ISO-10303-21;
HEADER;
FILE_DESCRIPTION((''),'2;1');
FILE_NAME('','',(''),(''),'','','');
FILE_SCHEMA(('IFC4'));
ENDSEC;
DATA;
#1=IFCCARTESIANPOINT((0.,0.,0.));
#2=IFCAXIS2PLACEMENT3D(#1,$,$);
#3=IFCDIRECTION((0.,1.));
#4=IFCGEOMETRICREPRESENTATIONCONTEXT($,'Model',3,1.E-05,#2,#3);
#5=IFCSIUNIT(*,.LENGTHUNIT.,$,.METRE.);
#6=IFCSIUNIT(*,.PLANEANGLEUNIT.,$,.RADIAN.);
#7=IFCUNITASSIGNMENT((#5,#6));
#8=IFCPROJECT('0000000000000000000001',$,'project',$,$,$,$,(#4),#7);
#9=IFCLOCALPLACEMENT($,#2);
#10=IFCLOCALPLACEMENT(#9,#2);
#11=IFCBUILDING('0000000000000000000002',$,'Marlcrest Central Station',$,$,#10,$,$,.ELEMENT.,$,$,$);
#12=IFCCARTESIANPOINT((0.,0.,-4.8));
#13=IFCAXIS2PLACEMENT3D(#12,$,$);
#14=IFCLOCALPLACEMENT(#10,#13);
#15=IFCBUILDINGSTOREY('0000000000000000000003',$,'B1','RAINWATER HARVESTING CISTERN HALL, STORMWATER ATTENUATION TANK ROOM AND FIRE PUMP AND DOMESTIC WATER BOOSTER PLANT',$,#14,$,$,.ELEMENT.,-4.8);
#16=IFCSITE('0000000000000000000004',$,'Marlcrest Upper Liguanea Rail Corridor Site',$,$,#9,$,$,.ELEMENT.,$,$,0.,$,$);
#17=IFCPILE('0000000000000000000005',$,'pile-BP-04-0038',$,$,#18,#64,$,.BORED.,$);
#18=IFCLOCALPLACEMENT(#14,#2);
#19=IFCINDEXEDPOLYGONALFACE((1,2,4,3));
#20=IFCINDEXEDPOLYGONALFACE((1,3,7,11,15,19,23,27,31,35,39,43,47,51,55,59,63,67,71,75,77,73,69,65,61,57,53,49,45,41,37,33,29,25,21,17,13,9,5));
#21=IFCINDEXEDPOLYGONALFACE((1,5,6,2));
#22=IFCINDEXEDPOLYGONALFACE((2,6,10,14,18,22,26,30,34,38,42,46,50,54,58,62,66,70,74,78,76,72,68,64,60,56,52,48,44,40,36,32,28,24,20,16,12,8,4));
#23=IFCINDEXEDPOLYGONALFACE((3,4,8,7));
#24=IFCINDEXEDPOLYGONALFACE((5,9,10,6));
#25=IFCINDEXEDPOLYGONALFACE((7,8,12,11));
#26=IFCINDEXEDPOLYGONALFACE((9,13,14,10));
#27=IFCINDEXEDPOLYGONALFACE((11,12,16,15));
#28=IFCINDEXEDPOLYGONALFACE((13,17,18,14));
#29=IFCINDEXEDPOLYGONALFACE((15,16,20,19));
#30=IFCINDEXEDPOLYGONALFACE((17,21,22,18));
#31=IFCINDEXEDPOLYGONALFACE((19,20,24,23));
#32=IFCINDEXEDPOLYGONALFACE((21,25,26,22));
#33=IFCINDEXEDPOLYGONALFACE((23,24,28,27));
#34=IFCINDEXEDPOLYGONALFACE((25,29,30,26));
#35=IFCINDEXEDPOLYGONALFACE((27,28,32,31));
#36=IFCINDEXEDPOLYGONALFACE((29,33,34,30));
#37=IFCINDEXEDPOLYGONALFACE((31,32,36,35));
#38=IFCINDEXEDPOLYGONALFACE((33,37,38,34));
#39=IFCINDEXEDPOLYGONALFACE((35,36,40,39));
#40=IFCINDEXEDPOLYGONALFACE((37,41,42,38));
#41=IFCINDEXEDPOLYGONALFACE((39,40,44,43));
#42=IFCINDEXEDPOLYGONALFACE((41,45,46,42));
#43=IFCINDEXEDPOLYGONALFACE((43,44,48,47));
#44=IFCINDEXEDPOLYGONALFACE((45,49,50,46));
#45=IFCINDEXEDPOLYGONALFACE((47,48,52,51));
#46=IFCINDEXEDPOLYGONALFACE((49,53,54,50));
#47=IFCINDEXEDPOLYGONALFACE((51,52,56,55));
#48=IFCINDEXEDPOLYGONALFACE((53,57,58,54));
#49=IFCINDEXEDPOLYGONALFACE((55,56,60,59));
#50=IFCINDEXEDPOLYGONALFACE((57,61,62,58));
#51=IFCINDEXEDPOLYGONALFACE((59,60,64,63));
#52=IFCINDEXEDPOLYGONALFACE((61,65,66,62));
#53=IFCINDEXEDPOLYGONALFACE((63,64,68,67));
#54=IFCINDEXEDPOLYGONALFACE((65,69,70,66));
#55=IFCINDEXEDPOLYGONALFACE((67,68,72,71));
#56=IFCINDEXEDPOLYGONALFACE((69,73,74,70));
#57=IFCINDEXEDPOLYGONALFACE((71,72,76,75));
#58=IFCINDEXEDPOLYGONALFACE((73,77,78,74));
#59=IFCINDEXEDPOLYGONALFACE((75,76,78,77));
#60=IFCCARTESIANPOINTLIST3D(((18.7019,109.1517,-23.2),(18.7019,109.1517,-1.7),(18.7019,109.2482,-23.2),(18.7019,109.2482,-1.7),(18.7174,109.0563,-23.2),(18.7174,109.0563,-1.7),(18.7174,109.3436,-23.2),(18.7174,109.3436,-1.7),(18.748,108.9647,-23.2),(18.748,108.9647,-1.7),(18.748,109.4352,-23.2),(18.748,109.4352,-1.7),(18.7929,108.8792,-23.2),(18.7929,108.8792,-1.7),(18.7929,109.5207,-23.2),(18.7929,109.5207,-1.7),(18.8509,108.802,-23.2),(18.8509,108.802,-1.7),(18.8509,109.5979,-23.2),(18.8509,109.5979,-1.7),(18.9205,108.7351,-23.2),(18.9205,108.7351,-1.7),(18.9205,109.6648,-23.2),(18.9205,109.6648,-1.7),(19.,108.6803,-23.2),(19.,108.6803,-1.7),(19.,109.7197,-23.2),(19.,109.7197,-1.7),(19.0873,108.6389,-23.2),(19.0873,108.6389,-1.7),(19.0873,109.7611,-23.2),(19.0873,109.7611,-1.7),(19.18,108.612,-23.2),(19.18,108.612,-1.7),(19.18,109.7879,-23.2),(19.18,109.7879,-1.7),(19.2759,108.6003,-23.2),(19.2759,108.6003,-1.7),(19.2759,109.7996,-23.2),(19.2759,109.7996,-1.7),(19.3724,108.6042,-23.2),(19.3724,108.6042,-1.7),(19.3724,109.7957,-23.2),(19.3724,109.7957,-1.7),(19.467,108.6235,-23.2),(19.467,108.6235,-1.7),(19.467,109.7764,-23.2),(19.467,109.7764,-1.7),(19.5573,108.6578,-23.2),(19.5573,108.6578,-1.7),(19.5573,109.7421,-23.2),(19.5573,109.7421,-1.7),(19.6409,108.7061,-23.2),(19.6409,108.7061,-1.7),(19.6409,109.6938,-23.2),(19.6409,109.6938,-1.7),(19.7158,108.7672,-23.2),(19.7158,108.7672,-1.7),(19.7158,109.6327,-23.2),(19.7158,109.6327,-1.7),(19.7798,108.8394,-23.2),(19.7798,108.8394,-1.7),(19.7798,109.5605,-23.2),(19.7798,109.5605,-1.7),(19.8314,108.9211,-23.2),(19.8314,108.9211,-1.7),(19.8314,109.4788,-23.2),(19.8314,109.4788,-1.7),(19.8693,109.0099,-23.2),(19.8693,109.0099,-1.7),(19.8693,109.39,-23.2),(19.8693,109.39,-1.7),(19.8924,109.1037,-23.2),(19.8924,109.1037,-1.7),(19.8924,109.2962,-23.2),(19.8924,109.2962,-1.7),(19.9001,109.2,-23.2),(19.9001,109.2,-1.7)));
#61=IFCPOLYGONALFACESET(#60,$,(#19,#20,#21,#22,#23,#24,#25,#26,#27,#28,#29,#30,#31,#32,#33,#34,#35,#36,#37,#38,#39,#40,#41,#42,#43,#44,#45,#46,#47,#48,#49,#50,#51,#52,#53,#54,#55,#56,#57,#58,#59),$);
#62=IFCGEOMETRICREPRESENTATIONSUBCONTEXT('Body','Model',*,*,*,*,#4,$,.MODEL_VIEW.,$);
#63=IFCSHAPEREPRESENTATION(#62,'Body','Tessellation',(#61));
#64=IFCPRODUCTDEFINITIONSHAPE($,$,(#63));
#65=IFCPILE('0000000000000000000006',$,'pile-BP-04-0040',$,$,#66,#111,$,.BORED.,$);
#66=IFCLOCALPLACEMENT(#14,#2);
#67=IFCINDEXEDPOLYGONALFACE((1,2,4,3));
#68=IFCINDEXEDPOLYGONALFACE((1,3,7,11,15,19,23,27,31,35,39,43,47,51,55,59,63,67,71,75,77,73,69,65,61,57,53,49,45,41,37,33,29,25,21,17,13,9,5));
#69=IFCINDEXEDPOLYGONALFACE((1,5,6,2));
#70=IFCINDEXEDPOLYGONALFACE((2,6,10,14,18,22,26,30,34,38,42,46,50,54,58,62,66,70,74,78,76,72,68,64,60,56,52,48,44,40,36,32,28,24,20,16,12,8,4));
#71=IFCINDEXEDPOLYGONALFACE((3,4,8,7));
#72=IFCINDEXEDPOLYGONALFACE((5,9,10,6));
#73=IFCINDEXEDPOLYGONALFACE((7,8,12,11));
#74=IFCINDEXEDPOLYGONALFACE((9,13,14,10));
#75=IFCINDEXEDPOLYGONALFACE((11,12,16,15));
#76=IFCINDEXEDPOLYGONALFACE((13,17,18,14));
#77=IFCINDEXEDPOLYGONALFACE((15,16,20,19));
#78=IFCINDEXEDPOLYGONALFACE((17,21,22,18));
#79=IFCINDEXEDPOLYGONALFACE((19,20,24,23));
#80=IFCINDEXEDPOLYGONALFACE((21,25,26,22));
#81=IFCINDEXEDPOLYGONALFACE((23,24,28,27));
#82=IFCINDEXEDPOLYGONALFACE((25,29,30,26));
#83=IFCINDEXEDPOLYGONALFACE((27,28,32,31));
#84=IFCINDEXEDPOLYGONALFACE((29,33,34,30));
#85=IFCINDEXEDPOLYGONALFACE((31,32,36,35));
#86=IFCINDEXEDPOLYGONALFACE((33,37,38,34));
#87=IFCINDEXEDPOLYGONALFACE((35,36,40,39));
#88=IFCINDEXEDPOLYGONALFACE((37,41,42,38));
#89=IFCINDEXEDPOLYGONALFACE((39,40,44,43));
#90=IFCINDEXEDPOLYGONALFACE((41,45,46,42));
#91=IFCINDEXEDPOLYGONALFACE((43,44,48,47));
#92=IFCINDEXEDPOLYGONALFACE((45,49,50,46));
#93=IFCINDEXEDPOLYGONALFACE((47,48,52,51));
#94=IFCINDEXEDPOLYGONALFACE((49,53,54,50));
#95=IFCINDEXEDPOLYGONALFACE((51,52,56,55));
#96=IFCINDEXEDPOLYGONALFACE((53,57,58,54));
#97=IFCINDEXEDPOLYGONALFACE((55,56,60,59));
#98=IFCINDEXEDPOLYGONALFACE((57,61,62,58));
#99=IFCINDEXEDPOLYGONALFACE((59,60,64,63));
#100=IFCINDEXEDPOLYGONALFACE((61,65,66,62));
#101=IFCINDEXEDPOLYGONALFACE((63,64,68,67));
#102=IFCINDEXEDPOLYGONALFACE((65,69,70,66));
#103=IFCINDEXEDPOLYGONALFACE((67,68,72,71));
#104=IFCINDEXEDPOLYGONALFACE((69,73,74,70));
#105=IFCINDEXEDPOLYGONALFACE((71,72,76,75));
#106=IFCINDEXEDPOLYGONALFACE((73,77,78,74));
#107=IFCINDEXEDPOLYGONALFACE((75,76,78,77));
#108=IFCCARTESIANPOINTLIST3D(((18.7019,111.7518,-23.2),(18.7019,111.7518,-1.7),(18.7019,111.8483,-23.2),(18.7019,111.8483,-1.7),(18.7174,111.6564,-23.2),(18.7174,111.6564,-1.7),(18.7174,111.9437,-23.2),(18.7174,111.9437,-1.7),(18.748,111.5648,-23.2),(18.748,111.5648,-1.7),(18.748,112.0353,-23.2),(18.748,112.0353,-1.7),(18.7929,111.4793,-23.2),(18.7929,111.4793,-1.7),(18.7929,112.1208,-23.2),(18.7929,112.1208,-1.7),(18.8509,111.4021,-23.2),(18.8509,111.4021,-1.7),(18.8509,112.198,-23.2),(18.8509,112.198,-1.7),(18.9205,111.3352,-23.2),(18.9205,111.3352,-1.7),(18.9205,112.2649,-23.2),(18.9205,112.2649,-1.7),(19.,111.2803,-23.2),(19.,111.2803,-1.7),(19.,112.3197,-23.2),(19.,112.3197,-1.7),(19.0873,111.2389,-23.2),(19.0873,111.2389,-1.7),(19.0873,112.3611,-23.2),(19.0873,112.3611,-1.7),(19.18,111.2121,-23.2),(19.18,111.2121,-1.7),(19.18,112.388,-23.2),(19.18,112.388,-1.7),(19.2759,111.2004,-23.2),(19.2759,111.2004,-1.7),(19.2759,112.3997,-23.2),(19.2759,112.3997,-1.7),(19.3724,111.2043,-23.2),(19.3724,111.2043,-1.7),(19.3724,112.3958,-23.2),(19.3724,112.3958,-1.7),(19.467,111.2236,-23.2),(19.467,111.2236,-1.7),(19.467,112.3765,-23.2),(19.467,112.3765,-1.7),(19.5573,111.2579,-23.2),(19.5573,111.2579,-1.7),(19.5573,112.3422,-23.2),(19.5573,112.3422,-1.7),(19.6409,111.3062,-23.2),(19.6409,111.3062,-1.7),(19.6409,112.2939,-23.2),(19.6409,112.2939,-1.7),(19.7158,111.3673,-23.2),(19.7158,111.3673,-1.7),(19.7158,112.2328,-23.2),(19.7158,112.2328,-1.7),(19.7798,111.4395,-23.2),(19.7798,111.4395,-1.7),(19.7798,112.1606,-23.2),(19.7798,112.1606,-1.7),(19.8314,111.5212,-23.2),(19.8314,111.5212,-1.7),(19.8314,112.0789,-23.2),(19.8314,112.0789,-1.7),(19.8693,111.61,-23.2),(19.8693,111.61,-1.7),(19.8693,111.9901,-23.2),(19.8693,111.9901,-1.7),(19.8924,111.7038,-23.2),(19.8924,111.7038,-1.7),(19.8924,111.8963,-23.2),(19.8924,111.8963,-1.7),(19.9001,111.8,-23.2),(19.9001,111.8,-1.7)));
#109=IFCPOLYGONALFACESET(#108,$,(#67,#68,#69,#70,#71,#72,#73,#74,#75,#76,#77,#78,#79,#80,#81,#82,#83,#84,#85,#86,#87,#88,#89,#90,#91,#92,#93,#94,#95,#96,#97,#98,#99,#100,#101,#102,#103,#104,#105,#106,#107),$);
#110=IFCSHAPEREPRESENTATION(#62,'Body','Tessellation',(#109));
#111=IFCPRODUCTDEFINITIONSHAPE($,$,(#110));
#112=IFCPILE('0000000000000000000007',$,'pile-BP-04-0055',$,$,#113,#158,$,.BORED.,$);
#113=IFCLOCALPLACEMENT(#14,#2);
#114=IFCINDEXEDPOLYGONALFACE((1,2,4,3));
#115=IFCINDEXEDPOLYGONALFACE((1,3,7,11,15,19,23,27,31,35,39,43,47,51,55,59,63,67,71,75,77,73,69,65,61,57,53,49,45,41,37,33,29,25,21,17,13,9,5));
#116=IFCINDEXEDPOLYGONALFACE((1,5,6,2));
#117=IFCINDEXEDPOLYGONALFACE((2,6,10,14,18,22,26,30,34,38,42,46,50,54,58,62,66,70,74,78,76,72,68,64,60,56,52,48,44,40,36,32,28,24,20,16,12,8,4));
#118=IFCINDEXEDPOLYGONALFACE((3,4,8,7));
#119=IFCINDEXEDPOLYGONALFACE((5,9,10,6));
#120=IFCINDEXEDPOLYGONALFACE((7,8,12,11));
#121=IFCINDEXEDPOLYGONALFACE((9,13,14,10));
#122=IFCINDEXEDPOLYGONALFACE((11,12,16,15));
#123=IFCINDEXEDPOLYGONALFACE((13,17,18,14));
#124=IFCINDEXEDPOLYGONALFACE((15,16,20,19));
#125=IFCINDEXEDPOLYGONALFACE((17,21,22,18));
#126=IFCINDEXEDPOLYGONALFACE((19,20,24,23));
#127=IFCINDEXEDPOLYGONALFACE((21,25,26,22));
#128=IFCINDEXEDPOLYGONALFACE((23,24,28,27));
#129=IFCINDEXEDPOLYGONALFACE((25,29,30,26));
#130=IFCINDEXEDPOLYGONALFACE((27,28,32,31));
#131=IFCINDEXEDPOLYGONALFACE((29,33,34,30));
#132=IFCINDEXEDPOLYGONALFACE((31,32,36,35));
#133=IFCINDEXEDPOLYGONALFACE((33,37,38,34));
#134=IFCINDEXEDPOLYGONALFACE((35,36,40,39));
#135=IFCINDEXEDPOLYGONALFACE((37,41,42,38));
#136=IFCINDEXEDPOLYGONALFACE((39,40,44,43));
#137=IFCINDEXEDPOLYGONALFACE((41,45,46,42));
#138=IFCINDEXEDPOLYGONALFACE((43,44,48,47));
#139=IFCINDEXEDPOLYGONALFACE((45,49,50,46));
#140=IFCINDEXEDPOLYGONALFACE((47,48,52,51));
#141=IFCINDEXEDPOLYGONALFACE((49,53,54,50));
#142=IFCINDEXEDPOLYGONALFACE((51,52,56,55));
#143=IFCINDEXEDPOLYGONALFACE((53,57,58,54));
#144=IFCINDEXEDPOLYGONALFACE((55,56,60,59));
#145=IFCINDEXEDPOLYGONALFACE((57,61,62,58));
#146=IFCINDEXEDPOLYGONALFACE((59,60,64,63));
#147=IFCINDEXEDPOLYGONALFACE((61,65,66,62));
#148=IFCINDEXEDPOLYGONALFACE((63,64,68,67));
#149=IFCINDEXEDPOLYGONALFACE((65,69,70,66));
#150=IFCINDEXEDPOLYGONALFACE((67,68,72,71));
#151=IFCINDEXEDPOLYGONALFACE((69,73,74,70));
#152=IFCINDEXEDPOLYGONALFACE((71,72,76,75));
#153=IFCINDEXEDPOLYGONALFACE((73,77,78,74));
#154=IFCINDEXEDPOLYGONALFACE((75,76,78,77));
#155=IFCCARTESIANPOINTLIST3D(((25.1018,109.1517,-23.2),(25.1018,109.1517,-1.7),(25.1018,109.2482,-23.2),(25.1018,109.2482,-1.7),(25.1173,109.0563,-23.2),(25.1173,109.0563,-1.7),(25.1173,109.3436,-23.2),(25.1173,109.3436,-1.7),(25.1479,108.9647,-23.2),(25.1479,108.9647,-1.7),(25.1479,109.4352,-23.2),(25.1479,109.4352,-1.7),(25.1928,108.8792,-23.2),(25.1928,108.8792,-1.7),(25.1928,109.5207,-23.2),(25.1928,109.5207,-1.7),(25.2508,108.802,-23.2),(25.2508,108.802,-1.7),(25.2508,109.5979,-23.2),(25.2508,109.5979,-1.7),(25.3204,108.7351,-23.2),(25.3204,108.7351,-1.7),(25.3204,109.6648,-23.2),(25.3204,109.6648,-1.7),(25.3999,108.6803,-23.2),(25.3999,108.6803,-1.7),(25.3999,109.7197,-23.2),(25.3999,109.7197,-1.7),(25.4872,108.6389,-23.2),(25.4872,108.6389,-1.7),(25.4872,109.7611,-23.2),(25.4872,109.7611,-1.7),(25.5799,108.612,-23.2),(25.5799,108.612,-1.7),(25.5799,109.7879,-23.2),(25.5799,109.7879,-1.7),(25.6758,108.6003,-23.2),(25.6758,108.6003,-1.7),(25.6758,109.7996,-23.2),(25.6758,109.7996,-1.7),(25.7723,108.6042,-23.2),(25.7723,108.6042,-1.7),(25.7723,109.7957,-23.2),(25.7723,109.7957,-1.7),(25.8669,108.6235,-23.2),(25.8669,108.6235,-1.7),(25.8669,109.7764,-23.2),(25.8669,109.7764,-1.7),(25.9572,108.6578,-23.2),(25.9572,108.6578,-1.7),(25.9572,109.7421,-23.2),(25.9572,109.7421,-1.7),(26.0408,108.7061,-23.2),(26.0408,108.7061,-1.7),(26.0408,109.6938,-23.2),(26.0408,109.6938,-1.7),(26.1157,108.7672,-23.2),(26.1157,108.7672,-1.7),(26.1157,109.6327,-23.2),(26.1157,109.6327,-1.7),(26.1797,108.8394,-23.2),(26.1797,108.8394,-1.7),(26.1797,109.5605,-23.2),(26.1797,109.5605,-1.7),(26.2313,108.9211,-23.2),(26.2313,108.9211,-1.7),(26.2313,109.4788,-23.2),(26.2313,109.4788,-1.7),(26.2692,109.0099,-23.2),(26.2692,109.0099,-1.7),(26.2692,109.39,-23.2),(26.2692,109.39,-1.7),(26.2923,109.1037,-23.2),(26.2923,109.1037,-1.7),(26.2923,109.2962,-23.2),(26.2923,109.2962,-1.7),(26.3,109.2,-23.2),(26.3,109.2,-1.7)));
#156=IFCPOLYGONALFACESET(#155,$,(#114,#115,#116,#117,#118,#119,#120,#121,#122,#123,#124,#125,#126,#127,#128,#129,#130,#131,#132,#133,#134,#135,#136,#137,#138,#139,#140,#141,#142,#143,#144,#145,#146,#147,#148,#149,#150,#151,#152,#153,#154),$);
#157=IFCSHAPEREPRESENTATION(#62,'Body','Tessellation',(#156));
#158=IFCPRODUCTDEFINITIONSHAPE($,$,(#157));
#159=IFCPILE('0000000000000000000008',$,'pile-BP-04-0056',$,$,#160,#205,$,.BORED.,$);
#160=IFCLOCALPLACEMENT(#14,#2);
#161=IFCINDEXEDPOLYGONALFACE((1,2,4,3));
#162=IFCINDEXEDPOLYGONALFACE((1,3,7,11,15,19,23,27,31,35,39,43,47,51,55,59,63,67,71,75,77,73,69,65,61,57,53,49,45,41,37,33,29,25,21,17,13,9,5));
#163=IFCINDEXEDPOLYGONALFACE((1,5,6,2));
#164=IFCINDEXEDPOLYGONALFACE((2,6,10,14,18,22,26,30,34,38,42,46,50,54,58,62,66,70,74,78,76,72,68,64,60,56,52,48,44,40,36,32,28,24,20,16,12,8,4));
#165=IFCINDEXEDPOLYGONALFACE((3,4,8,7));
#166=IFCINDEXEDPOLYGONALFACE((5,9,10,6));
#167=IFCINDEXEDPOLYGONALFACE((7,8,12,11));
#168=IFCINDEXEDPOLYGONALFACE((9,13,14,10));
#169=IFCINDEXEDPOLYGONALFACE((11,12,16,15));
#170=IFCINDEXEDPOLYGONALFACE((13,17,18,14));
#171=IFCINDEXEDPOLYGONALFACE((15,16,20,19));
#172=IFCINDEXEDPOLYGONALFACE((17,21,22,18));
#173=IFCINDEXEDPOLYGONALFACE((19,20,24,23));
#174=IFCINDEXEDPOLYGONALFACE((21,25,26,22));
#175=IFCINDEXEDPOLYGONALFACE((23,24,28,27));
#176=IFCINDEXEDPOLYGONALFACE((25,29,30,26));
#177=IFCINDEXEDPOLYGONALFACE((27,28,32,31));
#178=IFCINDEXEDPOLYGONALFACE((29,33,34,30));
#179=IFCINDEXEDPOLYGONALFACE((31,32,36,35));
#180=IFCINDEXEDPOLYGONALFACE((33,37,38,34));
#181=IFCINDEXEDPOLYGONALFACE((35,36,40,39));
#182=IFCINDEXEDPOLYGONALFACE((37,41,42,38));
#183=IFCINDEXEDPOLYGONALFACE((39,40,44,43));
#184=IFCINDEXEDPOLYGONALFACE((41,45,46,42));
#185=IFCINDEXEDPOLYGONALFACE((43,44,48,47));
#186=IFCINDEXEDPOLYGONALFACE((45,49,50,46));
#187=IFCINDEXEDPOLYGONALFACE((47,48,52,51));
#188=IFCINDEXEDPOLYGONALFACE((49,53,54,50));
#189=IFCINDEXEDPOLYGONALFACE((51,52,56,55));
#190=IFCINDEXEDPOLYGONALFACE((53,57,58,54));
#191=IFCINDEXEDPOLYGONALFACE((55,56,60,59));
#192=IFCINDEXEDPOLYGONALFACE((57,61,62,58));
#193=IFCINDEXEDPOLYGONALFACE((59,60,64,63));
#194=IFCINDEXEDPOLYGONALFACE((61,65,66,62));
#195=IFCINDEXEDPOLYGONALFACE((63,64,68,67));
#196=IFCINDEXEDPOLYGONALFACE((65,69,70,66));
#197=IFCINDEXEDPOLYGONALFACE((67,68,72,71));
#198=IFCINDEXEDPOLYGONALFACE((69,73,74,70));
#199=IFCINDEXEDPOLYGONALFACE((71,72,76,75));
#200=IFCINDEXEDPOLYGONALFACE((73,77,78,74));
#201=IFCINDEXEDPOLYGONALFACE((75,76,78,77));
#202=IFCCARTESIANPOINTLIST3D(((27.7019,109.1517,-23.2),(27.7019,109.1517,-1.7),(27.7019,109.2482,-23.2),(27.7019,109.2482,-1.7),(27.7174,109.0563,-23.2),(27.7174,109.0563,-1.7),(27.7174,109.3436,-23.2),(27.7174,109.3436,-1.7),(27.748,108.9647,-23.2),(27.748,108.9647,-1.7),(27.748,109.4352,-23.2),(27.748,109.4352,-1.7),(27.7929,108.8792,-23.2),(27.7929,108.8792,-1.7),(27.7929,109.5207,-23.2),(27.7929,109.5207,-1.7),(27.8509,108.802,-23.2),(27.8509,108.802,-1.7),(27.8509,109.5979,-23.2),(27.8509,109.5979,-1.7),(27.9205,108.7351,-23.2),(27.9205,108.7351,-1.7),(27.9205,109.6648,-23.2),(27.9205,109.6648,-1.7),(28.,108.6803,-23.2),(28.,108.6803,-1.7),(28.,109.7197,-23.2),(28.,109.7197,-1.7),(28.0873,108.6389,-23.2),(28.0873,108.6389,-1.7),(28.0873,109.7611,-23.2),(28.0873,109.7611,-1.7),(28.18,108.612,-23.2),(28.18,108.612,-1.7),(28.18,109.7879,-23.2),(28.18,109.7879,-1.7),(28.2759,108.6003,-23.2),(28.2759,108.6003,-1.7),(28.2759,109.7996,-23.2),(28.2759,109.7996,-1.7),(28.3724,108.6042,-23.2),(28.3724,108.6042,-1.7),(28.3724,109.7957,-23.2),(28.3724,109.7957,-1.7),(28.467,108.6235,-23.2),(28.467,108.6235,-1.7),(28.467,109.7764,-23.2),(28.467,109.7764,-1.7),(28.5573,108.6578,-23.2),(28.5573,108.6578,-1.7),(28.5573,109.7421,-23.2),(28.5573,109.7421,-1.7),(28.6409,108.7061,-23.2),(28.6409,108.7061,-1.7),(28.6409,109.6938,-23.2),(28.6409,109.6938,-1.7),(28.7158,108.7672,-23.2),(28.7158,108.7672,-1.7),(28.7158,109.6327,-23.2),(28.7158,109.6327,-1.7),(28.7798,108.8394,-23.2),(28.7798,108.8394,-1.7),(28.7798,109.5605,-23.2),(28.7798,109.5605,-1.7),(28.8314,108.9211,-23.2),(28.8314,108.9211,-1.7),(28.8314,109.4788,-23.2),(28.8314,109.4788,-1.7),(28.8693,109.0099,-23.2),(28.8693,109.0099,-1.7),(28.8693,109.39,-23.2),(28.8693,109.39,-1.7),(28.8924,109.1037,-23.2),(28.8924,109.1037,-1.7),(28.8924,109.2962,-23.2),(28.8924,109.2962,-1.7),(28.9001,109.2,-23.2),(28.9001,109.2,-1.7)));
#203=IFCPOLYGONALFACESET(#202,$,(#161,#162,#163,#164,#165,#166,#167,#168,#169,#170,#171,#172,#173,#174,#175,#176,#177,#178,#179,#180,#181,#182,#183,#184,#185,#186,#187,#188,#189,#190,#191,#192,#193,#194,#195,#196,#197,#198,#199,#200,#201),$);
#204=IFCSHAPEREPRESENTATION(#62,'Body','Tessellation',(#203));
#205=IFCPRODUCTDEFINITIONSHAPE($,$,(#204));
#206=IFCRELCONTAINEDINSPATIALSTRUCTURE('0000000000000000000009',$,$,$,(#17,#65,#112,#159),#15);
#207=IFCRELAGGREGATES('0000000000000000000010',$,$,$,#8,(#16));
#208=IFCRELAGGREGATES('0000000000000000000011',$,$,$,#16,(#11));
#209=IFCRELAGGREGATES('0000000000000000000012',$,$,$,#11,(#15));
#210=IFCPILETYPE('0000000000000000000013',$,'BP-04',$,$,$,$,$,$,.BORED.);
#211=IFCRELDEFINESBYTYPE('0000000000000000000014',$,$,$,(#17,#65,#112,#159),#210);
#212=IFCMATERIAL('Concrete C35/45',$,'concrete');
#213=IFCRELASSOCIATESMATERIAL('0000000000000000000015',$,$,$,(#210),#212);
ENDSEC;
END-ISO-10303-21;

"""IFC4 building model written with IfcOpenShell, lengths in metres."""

from ifc_helpers import new_model, si_unit, direction, frame, origin, origin_2d, place, context, subcontext, project, spatial, circle, extrude, material, material_profile, profile_set, type_object, element, save


model = new_model("IFC4")

# Units and contexts
model_context = context("Model", 3, precision=1e-05, world=origin(), true_north=direction((0.0, 1.0)))
body_context = subcontext(model_context, "Body", "Model", "MODEL_VIEW")
ifc_project = project(units=[si_unit("LENGTHUNIT", "METRE"), si_unit("PLANEANGLEUNIT", "RADIAN")], contexts=[model_context])

# Site, building, storey
site_placement = place(None, origin())
site = spatial("IfcSite", under=ifc_project, at=site_placement, Name="Marlcrest Upper Liguanea Rail Corridor Site", CompositionType="ELEMENT", RefElevation=0.0)
building_placement = place(site_placement, origin())
building = spatial("IfcBuilding", under=site, at=building_placement, Name="Marlcrest Central Station", CompositionType="ELEMENT")
storey_placement = place(building_placement, frame((0.0, 0.0, -4.8)))
storey = spatial("IfcBuildingStorey", under=building, at=storey_placement, Name="B1", Description="RAINWATER HARVESTING CISTERN HALL, STORMWATER ATTENUATION TANK ROOM AND FIRE PUMP AND DOMESTIC WATER BOOSTER PLANT", CompositionType="ELEMENT", Elevation=-4.8)

# Piles
ifc_material_1 = material(Name="Concrete C35/45", Category="concrete")
ifc_material_profile_1 = material_profile(ifc_material_1, circle(Radius=0.6001, at=origin_2d()), Name="PILE D1200")
ifc_profile_set_1 = profile_set([ifc_material_profile_1], Name="Concrete C35/45")
pile_type = type_object("IfcPileType", Name="BP-04", PredefinedType="BORED", material=ifc_profile_set_1)
for number, where, z_axis, x_axis, name in (
    (1, (19.3, 109.2, -1.7), (0.0, 0.0, -1.0), (1.0, 0.0, 0.0), "pile-BP-04-0038"),
    (2, (19.3, 111.8, -1.7), (0.0, 0.0, -1.0), (1.0, 0.0, 0.0), "pile-BP-04-0040"),
    (3, (25.7, 109.2, -1.7), (0.0, 0.0, -1.0), (1.0, 0.0, 0.0), "pile-BP-04-0055"),
    (4, (28.3, 109.2, -1.7), (0.0, 0.0, -1.0), (1.0, 0.0, 0.0), "pile-BP-04-0056"),
):
    element("IfcPile", number, at=place(storey_placement, frame(where, z_axis=z_axis, x_axis=x_axis)), inside=storey, type_object=pile_type, Name=name, PredefinedType="BORED", context=body_context, shape_type="SweptSolid", body=[
        extrude(circle(Radius=0.6001, at=origin_2d()), origin(), (0.0, 0.0, 1.0), 21.5),
    ])

save(model, "model.ifc")
